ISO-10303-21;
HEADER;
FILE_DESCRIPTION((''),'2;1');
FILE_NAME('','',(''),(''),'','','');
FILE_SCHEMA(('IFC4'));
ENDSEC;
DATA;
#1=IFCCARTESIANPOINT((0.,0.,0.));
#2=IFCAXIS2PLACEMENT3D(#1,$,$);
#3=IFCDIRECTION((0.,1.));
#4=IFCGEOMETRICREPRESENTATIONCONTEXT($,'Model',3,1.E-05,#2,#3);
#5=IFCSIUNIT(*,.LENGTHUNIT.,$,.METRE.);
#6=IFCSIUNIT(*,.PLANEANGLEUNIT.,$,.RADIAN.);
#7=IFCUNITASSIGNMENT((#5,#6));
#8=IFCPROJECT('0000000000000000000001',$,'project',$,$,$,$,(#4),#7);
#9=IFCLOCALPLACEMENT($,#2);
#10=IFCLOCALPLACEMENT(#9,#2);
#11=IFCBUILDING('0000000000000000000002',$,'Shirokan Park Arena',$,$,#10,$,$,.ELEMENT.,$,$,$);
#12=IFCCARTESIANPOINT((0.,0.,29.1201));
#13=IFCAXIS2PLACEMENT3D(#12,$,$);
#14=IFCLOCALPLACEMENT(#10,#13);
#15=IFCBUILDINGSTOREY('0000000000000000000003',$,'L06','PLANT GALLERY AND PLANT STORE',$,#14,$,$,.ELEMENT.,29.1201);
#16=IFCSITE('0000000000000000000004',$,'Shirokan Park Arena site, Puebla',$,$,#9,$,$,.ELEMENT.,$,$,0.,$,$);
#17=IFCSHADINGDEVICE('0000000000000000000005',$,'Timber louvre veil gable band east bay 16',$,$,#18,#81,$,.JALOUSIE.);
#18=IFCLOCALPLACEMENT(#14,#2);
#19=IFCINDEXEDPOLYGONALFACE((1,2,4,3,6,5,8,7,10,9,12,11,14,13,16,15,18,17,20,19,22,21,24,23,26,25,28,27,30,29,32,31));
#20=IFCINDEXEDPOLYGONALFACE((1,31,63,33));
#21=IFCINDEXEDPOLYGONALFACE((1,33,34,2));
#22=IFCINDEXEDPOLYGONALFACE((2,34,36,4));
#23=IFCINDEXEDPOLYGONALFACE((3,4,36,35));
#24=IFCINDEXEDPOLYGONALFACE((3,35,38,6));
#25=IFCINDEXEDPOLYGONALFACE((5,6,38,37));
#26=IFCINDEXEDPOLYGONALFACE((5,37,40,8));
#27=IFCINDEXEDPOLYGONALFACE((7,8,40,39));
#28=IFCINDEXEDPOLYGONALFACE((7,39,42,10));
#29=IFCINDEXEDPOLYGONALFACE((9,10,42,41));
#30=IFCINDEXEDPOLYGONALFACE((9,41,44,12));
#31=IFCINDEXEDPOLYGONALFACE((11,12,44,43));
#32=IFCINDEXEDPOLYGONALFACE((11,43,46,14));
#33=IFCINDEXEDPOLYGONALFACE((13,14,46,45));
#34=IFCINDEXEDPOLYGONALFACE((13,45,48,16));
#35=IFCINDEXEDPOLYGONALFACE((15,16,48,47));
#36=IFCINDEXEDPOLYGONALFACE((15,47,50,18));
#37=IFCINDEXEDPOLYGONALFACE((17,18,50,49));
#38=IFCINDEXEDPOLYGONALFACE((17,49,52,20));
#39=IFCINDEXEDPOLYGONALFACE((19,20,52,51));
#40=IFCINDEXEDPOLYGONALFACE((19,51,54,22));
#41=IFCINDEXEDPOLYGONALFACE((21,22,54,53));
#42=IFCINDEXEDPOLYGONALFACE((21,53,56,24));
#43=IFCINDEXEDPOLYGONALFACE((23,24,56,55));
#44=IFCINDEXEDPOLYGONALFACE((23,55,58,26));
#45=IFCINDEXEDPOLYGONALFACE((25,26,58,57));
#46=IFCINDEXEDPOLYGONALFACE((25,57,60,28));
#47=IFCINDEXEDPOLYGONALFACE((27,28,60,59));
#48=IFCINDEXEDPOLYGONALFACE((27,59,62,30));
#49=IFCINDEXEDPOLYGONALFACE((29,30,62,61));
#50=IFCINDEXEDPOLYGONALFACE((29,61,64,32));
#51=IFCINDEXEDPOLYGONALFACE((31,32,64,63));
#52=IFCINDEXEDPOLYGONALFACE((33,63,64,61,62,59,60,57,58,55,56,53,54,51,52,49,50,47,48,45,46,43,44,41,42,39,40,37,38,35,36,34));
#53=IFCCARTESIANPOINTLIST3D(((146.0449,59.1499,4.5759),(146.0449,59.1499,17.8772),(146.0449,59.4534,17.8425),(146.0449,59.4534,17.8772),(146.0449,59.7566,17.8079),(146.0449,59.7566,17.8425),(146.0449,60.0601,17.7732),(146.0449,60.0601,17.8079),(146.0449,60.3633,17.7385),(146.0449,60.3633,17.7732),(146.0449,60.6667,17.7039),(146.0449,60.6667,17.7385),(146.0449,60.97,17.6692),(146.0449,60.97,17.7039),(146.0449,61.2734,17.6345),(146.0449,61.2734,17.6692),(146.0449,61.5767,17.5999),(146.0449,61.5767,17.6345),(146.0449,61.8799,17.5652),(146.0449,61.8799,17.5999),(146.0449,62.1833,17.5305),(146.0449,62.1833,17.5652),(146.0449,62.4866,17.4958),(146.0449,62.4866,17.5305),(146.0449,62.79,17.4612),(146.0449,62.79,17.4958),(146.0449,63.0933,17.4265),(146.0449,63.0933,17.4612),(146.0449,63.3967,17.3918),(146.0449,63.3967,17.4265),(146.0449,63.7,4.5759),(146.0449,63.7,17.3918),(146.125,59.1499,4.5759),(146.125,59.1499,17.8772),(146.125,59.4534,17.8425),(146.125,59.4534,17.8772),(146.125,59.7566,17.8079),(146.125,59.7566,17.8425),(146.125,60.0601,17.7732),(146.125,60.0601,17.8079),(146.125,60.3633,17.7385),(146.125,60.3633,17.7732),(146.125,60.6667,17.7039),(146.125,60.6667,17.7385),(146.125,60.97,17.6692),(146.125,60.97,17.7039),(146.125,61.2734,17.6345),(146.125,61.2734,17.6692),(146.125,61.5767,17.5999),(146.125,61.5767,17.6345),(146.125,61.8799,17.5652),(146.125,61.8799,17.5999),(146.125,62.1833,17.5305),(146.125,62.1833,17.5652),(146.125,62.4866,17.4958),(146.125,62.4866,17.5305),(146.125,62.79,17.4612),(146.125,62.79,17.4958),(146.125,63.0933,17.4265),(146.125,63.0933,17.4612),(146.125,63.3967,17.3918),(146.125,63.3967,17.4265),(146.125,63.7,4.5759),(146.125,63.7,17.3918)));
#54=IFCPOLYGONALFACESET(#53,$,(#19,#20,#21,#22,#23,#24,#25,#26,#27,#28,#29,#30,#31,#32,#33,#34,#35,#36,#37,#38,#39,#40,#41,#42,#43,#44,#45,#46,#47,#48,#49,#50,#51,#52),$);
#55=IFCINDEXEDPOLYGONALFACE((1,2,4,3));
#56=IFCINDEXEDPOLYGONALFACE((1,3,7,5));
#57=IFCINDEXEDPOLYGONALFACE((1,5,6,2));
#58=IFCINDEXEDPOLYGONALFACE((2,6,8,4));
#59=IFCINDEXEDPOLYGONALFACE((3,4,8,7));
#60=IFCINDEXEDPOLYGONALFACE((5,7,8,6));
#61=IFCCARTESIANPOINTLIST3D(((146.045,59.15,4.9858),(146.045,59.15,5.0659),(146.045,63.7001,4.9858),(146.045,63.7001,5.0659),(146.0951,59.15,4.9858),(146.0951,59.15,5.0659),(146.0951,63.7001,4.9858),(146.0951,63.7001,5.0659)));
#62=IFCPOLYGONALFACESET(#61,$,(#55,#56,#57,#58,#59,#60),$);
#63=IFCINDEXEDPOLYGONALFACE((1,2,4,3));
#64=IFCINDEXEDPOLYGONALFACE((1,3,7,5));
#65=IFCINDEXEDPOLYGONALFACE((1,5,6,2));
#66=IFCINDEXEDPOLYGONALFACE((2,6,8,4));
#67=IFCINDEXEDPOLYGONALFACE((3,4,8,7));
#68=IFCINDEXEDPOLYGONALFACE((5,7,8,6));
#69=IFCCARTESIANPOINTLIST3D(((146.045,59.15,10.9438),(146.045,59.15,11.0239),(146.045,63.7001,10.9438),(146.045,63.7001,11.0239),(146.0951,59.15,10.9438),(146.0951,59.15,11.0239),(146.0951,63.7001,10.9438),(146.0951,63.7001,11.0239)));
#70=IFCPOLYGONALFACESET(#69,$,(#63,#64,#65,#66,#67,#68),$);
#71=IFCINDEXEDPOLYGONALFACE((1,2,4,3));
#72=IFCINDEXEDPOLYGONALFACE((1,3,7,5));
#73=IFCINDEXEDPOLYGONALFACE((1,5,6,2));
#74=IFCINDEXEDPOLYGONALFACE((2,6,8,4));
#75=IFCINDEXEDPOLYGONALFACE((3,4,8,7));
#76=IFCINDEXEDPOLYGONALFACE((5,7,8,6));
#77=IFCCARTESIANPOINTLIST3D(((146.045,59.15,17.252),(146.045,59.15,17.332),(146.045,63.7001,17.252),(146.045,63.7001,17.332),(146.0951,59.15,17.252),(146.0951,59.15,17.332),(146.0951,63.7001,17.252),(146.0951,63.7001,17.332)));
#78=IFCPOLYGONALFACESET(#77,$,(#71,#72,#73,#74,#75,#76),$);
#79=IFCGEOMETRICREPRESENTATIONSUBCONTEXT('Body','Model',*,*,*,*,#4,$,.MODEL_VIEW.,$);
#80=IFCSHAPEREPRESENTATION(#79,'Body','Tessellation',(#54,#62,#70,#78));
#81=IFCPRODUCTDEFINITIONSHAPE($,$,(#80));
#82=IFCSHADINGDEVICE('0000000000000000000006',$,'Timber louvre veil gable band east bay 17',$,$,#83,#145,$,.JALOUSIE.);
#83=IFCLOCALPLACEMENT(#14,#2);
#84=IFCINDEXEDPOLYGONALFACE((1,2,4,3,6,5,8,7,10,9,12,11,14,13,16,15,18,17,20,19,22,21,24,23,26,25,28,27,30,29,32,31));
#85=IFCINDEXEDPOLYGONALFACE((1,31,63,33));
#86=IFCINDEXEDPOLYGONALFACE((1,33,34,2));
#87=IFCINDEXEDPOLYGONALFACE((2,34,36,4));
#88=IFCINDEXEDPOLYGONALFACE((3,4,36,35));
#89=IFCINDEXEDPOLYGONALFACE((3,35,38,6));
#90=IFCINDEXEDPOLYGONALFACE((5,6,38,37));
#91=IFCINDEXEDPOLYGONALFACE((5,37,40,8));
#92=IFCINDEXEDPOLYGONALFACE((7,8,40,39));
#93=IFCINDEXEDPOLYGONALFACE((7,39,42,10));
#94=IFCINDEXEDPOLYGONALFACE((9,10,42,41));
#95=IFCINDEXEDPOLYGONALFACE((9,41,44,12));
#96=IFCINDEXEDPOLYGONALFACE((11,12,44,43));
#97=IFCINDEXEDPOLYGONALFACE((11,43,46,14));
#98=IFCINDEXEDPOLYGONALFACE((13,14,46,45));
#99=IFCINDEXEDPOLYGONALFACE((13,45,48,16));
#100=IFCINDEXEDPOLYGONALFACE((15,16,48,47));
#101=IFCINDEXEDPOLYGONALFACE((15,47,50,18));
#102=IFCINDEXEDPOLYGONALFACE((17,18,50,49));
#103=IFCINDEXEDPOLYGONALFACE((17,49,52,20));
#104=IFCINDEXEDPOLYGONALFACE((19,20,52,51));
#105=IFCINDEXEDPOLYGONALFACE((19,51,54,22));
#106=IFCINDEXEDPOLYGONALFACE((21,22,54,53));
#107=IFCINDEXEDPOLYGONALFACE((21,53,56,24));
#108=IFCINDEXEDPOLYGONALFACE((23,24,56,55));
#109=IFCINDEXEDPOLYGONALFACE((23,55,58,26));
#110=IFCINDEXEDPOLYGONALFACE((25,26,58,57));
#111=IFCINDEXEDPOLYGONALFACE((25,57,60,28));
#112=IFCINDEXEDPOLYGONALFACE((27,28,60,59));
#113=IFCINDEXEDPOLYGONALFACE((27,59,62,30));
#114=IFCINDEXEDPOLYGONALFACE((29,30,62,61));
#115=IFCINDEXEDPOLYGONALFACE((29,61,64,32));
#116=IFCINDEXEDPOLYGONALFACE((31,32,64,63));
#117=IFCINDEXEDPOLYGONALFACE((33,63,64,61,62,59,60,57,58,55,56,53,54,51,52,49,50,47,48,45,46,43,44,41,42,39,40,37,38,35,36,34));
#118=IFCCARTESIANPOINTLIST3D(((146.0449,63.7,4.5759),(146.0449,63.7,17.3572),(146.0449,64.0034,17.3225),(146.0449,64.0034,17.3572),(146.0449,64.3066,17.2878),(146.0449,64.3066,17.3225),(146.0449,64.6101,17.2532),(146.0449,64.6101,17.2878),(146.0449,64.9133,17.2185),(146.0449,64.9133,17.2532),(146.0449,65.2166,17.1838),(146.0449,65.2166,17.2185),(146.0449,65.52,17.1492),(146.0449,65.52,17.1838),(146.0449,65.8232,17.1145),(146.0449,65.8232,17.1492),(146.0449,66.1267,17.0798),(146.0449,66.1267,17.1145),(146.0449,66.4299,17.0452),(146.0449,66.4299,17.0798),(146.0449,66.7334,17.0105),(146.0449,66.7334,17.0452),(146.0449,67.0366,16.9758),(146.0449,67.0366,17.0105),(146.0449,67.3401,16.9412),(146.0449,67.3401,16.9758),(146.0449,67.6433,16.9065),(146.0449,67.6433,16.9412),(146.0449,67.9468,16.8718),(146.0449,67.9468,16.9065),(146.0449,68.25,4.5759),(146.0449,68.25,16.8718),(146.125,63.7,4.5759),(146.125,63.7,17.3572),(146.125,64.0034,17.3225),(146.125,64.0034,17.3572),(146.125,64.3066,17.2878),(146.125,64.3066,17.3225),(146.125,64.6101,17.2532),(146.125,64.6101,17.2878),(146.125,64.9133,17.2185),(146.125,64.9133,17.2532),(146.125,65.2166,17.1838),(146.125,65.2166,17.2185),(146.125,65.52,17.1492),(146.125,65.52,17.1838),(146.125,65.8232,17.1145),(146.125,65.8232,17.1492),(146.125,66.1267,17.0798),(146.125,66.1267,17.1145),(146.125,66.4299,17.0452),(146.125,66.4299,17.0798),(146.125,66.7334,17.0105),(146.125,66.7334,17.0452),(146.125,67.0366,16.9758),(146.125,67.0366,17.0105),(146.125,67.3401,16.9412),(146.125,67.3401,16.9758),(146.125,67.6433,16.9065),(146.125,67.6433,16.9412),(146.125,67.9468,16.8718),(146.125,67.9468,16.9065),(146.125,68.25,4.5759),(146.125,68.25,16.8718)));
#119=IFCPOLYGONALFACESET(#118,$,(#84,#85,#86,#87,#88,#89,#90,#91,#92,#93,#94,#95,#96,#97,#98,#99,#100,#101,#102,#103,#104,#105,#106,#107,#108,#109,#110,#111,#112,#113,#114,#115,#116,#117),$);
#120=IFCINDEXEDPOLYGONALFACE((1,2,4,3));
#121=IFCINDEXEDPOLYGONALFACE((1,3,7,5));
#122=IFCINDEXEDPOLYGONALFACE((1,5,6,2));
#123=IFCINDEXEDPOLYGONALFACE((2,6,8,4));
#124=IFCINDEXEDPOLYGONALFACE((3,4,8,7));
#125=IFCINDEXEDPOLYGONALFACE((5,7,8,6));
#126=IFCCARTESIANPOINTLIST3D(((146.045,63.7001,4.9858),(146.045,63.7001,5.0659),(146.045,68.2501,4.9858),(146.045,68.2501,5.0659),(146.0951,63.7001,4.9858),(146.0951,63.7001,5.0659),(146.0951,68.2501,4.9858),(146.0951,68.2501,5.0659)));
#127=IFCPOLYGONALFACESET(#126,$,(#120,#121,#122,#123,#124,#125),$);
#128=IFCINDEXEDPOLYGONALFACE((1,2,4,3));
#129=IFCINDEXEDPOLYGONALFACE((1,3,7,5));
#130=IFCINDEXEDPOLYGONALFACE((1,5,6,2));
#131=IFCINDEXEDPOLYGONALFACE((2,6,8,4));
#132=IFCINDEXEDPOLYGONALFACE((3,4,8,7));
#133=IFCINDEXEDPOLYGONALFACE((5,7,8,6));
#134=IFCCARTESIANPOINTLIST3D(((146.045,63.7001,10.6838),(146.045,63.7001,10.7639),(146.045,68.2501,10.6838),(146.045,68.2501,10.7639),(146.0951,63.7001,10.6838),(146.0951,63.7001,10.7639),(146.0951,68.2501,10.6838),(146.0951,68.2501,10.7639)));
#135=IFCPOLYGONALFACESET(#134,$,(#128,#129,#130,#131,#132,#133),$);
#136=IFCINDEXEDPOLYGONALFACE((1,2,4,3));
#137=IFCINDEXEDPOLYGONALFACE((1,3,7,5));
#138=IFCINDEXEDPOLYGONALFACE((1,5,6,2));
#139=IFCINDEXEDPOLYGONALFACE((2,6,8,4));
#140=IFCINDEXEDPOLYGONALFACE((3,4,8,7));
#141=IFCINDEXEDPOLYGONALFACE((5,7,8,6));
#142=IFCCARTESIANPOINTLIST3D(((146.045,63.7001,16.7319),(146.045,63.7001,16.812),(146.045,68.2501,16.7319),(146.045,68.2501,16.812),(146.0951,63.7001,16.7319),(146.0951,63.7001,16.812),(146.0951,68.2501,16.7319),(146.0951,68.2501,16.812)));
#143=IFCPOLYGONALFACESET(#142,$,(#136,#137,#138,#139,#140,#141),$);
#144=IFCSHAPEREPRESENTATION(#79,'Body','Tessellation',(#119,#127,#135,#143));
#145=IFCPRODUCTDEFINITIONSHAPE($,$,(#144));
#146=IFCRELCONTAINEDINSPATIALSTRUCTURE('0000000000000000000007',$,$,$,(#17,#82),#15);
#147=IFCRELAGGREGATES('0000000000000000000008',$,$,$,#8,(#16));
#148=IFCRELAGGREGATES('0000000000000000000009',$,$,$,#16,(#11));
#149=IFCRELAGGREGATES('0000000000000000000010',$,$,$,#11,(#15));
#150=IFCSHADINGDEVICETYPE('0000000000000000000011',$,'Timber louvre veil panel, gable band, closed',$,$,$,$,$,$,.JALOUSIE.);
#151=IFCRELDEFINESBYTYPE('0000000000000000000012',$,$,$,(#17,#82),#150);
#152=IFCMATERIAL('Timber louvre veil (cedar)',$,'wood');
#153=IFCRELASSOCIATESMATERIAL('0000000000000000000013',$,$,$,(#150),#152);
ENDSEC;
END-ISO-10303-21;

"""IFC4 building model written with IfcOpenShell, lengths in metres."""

from ifc_helpers import new_model, si_unit, direction, frame, origin, origin_2d, place, context, subcontext, project, spatial, polyline, rectangle, outline, extrude, material, type_object, element, save


model = new_model("IFC4")

# Units and contexts
model_context = context("Model", 3, precision=1e-05, world=origin(), true_north=direction((0.0, 1.0)))
body_context = subcontext(model_context, "Body", "Model", "MODEL_VIEW")
ifc_project = project(units=[si_unit("LENGTHUNIT", "METRE"), si_unit("PLANEANGLEUNIT", "RADIAN")], contexts=[model_context])

# Site, building, storey
site_placement = place(None, origin())
site = spatial("IfcSite", under=ifc_project, at=site_placement, Name="Shirokan Park Arena site, Puebla", CompositionType="ELEMENT", RefElevation=0.0)
building_placement = place(site_placement, origin())
building = spatial("IfcBuilding", under=site, at=building_placement, Name="Shirokan Park Arena", CompositionType="ELEMENT")
storey_placement = place(building_placement, frame((0.0, 0.0, 29.1201)))
storey = spatial("IfcBuildingStorey", under=building, at=storey_placement, Name="L06", Description="PLANT GALLERY AND PLANT STORE", CompositionType="ELEMENT", Elevation=29.1201)

# Shading devices
ifc_material_1 = material(Name="Timber louvre veil (cedar)", Category="wood")
shading_device_type = type_object("IfcShadingDeviceType", Name="Timber louvre veil panel, gable band, closed", PredefinedType="JALOUSIE", material=ifc_material_1)
shading_device_1_placement = place(storey_placement, origin())
element("IfcShadingDevice", 1, at=shading_device_1_placement, inside=storey, type_object=shading_device_type, Name="Timber louvre veil gable band east bay 16", PredefinedType="JALOUSIE", context=body_context, shape_type="SweptSolid", body=[
    extrude(outline(polyline([(63.7, 4.5759), (63.7, 17.3918), (63.3967, 17.3918), (63.3967, 17.4265), (63.0933, 17.4265), (63.0933, 17.4612), (62.79, 17.4612), (62.79, 17.4958), (62.4866, 17.4958), (62.4866, 17.5305), (62.1833, 17.5305), (62.1833, 17.5652), (61.8799, 17.5652), (61.8799, 17.5999), (61.5767, 17.5999), (61.5767, 17.6345), (61.2734, 17.6345), (61.2734, 17.6692), (60.97, 17.6692), (60.97, 17.7039), (60.6667, 17.7039), (60.6667, 17.7385), (60.3633, 17.7385), (60.3633, 17.7732), (60.0601, 17.7732), (60.0601, 17.8079), (59.7566, 17.8079), (59.7566, 17.8425), (59.4534, 17.8425), (59.4534, 17.8772), (59.1499, 17.8772), (59.1499, 4.5759), (63.7, 4.5759)])), frame((146.0449, 0.0, 0.0), z_axis=(1.0, 0.0, 0.0), x_axis=(0.0, 1.0, 0.0)), (0.0, 0.0, 1.0), 0.0801),
    extrude(rectangle(XDim=0.05, YDim=4.55, at=origin_2d()), frame((146.0701, 61.425, 4.9858), z_axis=(0.0, 0.0, 1.0), x_axis=(1.0, 0.0, 0.0)), (0.0, 0.0, 1.0), 0.0801),
    extrude(rectangle(XDim=0.05, YDim=4.55, at=origin_2d()), frame((146.0701, 61.425, 10.9438), z_axis=(0.0, 0.0, 1.0), x_axis=(1.0, 0.0, 0.0)), (0.0, 0.0, 1.0), 0.0801),
    extrude(rectangle(XDim=0.05, YDim=4.55, at=origin_2d()), frame((146.0701, 61.425, 17.252), z_axis=(0.0, 0.0, 1.0), x_axis=(1.0, 0.0, 0.0)), (0.0, 0.0, 1.0), 0.0801),
])
shading_device_2_placement = place(storey_placement, origin())
element("IfcShadingDevice", 2, at=shading_device_2_placement, inside=storey, type_object=shading_device_type, Name="Timber louvre veil gable band east bay 17", PredefinedType="JALOUSIE", context=body_context, shape_type="SweptSolid", body=[
    extrude(outline(polyline([(68.25, 4.5759), (68.25, 16.8718), (67.9468, 16.8718), (67.9468, 16.9065), (67.6433, 16.9065), (67.6433, 16.9412), (67.3401, 16.9412), (67.3401, 16.9758), (67.0366, 16.9758), (67.0366, 17.0105), (66.7334, 17.0105), (66.7334, 17.0452), (66.4299, 17.0452), (66.4299, 17.0798), (66.1267, 17.0798), (66.1267, 17.1145), (65.8232, 17.1145), (65.8232, 17.1492), (65.52, 17.1492), (65.52, 17.1838), (65.2166, 17.1838), (65.2166, 17.2185), (64.9133, 17.2185), (64.9133, 17.2532), (64.6101, 17.2532), (64.6101, 17.2878), (64.3066, 17.2878), (64.3066, 17.3225), (64.0034, 17.3225), (64.0034, 17.3572), (63.7, 17.3572), (63.7, 4.5759), (68.25, 4.5759)])), frame((146.0449, 0.0, 0.0), z_axis=(1.0, 0.0, 0.0), x_axis=(0.0, 1.0, 0.0)), (0.0, 0.0, 1.0), 0.0801),
    extrude(rectangle(XDim=0.05, YDim=4.55, at=origin_2d()), frame((146.0701, 65.9751, 4.9858), z_axis=(0.0, 0.0, 1.0), x_axis=(1.0, 0.0, 0.0)), (0.0, 0.0, 1.0), 0.0801),
    extrude(rectangle(XDim=0.05, YDim=4.55, at=origin_2d()), frame((146.0701, 65.9751, 10.6838), z_axis=(0.0, 0.0, 1.0), x_axis=(1.0, 0.0, 0.0)), (0.0, 0.0, 1.0), 0.0801),
    extrude(rectangle(XDim=0.05, YDim=4.55, at=origin_2d()), frame((146.0701, 65.9751, 16.7319), z_axis=(0.0, 0.0, 1.0), x_axis=(1.0, 0.0, 0.0)), (0.0, 0.0, 1.0), 0.0801),
])

save(model, "model.ifc")
